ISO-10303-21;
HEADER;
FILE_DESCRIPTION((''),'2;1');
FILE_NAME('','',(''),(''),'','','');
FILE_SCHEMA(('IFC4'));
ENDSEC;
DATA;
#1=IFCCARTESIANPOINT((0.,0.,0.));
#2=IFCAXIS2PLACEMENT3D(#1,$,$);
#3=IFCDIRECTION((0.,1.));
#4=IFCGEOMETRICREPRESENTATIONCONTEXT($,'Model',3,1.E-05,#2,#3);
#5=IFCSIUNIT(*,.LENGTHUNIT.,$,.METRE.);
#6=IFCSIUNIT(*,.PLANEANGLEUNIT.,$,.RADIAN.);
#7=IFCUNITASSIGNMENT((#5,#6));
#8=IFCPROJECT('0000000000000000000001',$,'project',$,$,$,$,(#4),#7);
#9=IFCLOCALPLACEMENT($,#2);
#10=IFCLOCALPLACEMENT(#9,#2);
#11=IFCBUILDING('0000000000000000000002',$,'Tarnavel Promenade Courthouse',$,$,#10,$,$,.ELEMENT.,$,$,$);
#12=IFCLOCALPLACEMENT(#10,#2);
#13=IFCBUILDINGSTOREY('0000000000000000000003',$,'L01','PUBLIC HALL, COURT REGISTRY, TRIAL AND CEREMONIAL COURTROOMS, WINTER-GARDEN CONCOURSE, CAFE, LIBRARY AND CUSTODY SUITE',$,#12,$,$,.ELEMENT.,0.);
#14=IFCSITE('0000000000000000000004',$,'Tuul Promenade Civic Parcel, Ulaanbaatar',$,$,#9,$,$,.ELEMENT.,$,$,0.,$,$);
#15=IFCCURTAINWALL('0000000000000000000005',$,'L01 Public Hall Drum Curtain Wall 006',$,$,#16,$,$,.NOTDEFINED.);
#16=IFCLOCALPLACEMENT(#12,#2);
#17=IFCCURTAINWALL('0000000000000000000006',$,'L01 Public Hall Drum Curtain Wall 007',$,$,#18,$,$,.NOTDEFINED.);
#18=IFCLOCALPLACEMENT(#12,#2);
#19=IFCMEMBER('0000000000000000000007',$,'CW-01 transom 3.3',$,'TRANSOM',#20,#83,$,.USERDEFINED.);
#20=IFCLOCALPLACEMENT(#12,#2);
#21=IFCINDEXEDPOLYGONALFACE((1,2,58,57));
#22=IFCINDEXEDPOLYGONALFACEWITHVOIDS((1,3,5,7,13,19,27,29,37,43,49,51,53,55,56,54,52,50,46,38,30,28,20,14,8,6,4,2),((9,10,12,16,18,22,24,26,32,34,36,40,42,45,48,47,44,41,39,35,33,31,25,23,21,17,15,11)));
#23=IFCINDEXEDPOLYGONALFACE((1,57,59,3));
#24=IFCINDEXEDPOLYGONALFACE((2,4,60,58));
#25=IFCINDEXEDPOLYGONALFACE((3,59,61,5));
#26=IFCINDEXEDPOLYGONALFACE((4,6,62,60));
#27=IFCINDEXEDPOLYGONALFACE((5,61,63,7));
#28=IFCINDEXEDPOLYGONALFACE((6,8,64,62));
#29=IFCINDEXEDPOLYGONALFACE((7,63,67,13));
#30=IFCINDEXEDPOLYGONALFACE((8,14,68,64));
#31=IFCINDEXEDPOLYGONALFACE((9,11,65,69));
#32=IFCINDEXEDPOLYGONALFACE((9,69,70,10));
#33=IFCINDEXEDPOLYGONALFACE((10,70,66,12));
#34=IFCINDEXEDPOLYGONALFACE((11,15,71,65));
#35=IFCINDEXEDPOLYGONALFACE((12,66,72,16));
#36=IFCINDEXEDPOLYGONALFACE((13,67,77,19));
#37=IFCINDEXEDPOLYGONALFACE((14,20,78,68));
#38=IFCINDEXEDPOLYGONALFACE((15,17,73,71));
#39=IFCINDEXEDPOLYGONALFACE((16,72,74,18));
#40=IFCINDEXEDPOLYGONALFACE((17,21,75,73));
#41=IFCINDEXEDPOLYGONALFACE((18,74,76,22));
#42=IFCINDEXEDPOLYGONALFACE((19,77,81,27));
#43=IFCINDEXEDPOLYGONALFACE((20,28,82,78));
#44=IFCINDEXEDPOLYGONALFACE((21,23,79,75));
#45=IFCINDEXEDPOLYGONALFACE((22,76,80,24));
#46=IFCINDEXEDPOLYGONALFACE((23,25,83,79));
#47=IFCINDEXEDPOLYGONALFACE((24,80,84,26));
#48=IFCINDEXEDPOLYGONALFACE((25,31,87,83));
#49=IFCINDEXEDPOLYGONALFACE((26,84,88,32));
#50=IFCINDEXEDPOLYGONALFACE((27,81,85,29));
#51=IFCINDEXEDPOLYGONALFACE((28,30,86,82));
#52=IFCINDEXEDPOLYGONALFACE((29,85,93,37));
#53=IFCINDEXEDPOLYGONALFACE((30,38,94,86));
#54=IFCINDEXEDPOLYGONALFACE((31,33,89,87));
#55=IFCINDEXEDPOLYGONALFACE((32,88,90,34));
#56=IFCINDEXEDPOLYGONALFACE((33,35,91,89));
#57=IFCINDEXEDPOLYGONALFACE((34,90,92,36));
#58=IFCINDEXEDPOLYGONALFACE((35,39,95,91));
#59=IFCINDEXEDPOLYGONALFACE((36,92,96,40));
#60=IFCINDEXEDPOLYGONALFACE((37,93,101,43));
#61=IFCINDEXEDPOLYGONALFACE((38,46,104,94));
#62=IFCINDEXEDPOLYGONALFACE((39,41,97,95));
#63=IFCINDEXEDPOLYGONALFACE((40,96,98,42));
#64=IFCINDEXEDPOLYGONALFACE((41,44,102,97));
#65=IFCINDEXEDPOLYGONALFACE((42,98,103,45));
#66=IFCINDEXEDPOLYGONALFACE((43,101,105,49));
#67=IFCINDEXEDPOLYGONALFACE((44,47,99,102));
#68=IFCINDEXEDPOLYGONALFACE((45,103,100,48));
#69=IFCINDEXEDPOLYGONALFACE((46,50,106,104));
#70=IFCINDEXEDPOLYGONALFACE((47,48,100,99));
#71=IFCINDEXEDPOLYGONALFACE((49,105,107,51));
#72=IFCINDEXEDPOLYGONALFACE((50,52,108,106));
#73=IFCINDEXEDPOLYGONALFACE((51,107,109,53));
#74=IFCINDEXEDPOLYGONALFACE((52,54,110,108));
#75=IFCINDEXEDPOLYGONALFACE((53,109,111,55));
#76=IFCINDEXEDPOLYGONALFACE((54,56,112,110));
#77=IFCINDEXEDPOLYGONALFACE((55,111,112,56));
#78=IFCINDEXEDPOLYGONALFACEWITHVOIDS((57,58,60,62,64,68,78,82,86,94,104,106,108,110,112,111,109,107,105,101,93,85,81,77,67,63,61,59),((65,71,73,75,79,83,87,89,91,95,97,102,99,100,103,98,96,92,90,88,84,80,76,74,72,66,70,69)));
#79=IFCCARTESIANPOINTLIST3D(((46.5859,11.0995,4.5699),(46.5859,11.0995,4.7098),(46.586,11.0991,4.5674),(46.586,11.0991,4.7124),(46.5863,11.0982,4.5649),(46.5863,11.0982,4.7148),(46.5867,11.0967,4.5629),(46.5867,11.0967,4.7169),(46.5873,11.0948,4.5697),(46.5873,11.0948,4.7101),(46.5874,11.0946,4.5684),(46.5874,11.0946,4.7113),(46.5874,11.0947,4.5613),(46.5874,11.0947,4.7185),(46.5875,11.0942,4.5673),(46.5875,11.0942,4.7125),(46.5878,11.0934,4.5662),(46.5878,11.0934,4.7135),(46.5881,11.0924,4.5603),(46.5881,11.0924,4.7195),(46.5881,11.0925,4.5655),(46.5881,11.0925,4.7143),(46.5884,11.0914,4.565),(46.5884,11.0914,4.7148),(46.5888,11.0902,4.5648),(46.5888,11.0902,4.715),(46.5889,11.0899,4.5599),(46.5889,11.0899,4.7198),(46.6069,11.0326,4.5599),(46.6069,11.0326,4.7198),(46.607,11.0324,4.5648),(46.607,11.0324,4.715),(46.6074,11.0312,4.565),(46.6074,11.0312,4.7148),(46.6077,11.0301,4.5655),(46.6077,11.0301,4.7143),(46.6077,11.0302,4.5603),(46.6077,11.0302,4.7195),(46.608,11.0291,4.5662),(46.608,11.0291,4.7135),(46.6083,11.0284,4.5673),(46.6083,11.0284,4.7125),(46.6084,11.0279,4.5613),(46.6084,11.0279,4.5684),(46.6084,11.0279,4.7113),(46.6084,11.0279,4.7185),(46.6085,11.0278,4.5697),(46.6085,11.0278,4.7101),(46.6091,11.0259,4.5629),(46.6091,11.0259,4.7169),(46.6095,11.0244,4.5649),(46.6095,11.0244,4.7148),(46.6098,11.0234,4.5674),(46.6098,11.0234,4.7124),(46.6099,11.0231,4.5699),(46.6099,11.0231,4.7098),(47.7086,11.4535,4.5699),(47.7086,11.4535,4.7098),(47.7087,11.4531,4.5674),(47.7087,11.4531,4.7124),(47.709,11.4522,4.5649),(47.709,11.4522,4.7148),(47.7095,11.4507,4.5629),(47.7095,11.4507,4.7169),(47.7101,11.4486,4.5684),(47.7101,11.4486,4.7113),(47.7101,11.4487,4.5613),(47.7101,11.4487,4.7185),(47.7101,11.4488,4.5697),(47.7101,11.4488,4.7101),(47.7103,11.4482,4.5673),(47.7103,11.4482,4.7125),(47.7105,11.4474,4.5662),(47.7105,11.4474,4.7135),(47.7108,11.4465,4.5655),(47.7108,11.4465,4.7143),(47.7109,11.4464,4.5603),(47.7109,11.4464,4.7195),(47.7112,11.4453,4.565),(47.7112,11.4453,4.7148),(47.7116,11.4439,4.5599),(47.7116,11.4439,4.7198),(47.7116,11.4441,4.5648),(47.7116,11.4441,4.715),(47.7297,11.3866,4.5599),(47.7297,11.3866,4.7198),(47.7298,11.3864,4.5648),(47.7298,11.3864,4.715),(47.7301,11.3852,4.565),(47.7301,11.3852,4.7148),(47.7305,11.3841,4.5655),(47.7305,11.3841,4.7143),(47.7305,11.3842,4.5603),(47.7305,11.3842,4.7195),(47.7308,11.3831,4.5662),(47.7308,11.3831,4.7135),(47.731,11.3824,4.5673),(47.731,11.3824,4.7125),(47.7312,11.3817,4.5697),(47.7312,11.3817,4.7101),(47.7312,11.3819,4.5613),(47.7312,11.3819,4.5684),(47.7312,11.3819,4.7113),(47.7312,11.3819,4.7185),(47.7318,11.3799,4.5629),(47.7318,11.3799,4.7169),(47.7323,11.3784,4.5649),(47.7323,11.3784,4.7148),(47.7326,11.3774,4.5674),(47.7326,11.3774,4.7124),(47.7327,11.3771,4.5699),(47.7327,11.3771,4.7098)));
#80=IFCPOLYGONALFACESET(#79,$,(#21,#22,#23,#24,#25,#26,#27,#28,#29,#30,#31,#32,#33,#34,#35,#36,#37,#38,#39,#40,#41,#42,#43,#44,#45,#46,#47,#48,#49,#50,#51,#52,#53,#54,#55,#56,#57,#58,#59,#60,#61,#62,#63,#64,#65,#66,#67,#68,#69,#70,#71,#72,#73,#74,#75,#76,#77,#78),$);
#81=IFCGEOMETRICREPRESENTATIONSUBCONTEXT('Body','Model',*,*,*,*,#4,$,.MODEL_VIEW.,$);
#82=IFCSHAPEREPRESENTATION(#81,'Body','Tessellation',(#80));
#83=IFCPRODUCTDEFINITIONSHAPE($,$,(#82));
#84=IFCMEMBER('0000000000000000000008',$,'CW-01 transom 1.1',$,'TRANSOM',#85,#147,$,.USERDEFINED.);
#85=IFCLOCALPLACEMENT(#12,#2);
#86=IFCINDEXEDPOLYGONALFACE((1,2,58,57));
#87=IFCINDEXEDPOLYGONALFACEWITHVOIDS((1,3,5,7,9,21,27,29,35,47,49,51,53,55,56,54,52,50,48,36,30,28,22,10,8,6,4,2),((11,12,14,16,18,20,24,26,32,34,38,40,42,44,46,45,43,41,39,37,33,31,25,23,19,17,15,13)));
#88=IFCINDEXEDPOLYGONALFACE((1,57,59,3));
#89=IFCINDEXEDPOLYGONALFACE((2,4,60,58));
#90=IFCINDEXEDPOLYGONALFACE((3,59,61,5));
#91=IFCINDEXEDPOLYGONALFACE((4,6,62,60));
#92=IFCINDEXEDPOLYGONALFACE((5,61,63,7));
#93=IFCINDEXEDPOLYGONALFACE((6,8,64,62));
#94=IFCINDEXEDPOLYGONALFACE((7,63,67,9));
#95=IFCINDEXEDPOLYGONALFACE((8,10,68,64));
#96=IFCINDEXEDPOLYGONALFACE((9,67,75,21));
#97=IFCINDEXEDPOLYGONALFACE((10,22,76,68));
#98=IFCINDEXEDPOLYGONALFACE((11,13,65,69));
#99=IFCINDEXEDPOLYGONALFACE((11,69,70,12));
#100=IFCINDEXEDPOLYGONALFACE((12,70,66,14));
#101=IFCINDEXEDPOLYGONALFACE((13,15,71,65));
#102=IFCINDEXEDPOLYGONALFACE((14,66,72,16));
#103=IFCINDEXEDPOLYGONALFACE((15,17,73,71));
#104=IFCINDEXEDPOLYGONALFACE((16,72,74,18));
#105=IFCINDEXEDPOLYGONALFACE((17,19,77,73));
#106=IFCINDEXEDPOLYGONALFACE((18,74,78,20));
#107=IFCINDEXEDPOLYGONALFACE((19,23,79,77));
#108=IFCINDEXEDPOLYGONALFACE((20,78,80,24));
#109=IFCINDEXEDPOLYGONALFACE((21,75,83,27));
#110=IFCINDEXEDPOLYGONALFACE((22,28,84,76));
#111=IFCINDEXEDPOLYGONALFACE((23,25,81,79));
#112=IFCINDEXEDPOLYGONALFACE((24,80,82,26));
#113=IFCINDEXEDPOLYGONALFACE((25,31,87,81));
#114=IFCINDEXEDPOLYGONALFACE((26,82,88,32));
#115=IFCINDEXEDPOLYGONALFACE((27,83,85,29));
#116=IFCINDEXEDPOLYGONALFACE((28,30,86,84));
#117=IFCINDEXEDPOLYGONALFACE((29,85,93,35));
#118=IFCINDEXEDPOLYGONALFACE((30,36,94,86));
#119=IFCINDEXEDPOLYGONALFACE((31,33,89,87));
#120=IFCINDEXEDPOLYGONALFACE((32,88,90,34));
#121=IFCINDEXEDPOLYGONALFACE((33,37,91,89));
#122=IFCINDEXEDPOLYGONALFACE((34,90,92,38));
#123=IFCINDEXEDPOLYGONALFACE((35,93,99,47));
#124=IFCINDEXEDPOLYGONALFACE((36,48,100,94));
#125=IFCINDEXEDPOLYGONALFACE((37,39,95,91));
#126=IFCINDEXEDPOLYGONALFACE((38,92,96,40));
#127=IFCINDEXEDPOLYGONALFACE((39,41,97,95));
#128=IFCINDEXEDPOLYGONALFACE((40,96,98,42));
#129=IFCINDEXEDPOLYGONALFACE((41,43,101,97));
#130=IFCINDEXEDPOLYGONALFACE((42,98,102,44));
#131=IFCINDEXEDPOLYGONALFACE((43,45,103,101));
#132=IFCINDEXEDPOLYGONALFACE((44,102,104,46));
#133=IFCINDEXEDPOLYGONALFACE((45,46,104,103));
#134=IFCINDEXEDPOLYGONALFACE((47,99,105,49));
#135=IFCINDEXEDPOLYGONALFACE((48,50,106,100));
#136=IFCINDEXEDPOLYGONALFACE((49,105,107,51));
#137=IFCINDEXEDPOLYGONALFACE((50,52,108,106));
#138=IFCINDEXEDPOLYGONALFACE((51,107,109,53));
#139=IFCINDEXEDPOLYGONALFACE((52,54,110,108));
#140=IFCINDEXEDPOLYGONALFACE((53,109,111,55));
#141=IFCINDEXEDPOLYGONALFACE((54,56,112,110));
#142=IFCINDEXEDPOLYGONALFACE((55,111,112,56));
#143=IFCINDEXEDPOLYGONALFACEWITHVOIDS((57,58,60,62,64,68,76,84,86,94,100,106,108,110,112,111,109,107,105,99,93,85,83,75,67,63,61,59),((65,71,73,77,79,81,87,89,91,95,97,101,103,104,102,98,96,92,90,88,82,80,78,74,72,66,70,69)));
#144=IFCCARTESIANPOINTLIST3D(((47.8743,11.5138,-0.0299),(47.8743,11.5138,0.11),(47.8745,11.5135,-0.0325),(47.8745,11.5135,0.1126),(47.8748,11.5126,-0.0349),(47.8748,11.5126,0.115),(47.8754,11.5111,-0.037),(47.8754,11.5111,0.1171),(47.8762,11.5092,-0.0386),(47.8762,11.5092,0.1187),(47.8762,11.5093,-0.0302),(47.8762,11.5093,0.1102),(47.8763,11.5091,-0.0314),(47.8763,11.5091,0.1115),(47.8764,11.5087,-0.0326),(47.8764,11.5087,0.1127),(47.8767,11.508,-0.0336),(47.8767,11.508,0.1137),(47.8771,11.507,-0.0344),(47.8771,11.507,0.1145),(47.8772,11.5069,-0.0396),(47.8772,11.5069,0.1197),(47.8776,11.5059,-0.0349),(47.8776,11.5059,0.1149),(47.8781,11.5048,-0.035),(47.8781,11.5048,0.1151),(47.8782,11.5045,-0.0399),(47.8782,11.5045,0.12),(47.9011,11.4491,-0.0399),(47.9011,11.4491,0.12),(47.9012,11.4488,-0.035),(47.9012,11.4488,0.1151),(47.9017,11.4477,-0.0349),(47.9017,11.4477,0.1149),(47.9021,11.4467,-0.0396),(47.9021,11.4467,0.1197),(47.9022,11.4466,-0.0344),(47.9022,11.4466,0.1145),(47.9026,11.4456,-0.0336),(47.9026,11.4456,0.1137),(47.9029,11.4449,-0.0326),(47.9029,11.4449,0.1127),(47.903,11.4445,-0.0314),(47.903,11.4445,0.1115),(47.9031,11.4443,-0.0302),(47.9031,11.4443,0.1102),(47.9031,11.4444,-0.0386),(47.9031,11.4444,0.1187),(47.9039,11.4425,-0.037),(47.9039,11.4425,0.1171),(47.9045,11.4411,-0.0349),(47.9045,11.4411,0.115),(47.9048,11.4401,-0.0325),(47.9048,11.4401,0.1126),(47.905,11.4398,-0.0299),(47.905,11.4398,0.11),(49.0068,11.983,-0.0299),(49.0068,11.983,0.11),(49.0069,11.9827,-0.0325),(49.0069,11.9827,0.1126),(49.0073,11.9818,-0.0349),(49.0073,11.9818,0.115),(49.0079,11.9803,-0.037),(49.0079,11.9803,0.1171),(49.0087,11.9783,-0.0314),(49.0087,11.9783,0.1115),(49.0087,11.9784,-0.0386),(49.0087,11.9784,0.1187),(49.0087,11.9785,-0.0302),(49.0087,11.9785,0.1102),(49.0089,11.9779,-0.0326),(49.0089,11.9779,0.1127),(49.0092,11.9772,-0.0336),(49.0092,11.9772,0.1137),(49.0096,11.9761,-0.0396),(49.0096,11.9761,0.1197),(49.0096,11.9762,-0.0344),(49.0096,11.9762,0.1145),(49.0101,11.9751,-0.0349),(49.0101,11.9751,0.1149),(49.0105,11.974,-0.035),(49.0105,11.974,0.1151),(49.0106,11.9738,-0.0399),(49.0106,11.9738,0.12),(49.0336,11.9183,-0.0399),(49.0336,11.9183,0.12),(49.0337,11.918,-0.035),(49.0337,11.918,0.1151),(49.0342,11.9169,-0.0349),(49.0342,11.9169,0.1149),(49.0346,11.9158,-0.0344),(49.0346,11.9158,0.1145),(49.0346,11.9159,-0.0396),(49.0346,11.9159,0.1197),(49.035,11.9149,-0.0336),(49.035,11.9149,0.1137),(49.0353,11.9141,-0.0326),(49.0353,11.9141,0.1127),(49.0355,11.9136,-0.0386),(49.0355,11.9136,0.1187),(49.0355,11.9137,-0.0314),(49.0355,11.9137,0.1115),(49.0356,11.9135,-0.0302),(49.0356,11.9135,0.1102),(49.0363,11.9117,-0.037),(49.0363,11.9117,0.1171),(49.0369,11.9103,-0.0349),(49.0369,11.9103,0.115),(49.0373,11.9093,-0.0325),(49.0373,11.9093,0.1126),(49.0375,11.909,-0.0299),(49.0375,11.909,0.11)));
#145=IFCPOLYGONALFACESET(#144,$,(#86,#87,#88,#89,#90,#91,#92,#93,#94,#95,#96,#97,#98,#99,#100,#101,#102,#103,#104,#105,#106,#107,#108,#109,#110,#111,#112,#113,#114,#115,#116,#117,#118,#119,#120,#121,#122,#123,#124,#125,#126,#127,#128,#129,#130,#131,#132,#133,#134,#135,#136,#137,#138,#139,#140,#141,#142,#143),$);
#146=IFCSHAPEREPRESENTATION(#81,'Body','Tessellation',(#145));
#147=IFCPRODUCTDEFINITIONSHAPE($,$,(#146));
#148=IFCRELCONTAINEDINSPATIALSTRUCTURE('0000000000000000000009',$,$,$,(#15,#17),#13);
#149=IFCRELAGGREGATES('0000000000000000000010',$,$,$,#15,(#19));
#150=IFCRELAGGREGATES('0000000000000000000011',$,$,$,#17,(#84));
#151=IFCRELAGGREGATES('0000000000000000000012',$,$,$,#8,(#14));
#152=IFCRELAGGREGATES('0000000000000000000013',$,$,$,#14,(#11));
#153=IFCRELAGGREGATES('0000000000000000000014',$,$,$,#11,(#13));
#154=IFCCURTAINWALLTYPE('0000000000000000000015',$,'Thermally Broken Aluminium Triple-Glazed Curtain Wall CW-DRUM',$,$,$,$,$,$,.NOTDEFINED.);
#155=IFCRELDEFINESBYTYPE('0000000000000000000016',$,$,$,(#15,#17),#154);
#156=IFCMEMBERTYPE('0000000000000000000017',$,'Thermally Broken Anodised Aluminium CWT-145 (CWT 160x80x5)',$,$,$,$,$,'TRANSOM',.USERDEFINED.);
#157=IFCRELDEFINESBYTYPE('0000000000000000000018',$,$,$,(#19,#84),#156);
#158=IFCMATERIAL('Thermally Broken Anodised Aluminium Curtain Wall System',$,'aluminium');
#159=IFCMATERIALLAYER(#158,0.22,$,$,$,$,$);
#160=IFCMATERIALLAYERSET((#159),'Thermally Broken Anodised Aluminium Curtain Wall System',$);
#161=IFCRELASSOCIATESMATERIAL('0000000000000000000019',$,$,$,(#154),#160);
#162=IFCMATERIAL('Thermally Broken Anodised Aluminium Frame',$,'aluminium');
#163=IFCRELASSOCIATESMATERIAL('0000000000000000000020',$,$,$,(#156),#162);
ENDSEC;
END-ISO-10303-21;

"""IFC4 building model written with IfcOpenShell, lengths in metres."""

from ifc_helpers import new_model, si_unit, direction, frame, origin, origin_2d, place, context, subcontext, project, spatial, hollow_rectangle, extrude, material, layer, layer_set, material_profile, profile_set, type_object, element, aggregate, save


model = new_model("IFC4")

# Units and contexts
model_context = context("Model", 3, precision=1e-05, world=origin(), true_north=direction((0.0, 1.0)))
body_context = subcontext(model_context, "Body", "Model", "MODEL_VIEW")
ifc_project = project(units=[si_unit("LENGTHUNIT", "METRE"), si_unit("PLANEANGLEUNIT", "RADIAN")], contexts=[model_context])

# Site, building, storey
site_placement = place(None, origin())
site = spatial("IfcSite", under=ifc_project, at=site_placement, Name="Tuul Promenade Civic Parcel, Ulaanbaatar", CompositionType="ELEMENT", RefElevation=0.0)
building_placement = place(site_placement, origin())
building = spatial("IfcBuilding", under=site, at=building_placement, Name="Tarnavel Promenade Courthouse", CompositionType="ELEMENT")
storey_placement = place(building_placement, origin())
storey = spatial("IfcBuildingStorey", under=building, at=storey_placement, Name="L01", Description="PUBLIC HALL, COURT REGISTRY, TRIAL AND CEREMONIAL COURTROOMS, WINTER-GARDEN CONCOURSE, CAFE, LIBRARY AND CUSTODY SUITE", CompositionType="ELEMENT", Elevation=0.0)

# Curtain walls
ifc_material_1 = material(Name="Thermally Broken Anodised Aluminium Curtain Wall System", Category="aluminium")
ifc_layer_1 = layer(ifc_material_1, 0.22)
ifc_layer_set_1 = layer_set([ifc_layer_1], Name="Thermally Broken Anodised Aluminium Curtain Wall System")
curtain_wall_type = type_object("IfcCurtainWallType", Name="Thermally Broken Aluminium Triple-Glazed Curtain Wall CW-DRUM", PredefinedType="NOTDEFINED", material=ifc_layer_set_1)
curtain_wall_1_placement = place(storey_placement, origin())
curtain_wall_1 = element("IfcCurtainWall", 1, at=curtain_wall_1_placement, inside=storey, type_object=curtain_wall_type, Name="L01 Public Hall Drum Curtain Wall 006", PredefinedType="NOTDEFINED")
ifc_material_2 = material(Name="Thermally Broken Anodised Aluminium Frame", Category="aluminium")
curtain_wall_2_placement = place(storey_placement, origin())
curtain_wall_2 = element("IfcCurtainWall", 2, at=curtain_wall_2_placement, inside=storey, type_object=curtain_wall_type, Name="L01 Public Hall Drum Curtain Wall 007", PredefinedType="NOTDEFINED")

# Members
ifc_material_profile_1 = material_profile(ifc_material_2, hollow_rectangle(XDim=0.0801, YDim=0.1599, WallThickness=0.0049, InnerFilletRadius=0.0049, OuterFilletRadius=0.01, at=origin_2d()), Name="CWT 160x80x5")
ifc_profile_set_1 = profile_set([ifc_material_profile_1], Name="Thermally Broken Anodised Aluminium Frame")
member_type_1 = type_object("IfcMemberType", Name="Thermally Broken Anodised Aluminium CWT-145 (CWT 160x80x5)", ElementType="TRANSOM", PredefinedType="USERDEFINED", material=ifc_profile_set_1)
member_1_placement = place(storey_placement, frame((46.5979, 11.0613, 4.6399), z_axis=(0.95372, 0.300695, 0.0), x_axis=(-0.300695, 0.95372, 0.0)))
member_1 = element("IfcMember", 3, at=member_1_placement, type_object=member_type_1, Name="CW-01 transom 3.3", ObjectType="TRANSOM", PredefinedType="USERDEFINED", context=body_context, shape_type="SweptSolid", body=[
    extrude(hollow_rectangle(XDim=0.0801, YDim=0.1599, WallThickness=0.0049, InnerFilletRadius=0.0049, OuterFilletRadius=0.01, at=origin_2d()), origin(), (0.0, 0.0, 1.0), 1.1772),
])
member_2_placement = place(storey_placement, frame((47.8896, 11.4768, 0.04), z_axis=(0.923847, 0.382762, 0.0), x_axis=(-0.382762, 0.923847, 0.0)))
member_2 = element("IfcMember", 4, at=member_2_placement, type_object=member_type_1, Name="CW-01 transom 1.1", ObjectType="TRANSOM", PredefinedType="USERDEFINED", context=body_context, shape_type="SweptSolid", body=[
    extrude(hollow_rectangle(XDim=0.0801, YDim=0.1599, WallThickness=0.0049, InnerFilletRadius=0.0049, OuterFilletRadius=0.01, at=origin_2d()), origin(), (0.0, 0.0, 1.0), 1.2258),
])

aggregate(curtain_wall_1, [member_1])
aggregate(curtain_wall_2, [member_2])

save(model, "model.ifc")
